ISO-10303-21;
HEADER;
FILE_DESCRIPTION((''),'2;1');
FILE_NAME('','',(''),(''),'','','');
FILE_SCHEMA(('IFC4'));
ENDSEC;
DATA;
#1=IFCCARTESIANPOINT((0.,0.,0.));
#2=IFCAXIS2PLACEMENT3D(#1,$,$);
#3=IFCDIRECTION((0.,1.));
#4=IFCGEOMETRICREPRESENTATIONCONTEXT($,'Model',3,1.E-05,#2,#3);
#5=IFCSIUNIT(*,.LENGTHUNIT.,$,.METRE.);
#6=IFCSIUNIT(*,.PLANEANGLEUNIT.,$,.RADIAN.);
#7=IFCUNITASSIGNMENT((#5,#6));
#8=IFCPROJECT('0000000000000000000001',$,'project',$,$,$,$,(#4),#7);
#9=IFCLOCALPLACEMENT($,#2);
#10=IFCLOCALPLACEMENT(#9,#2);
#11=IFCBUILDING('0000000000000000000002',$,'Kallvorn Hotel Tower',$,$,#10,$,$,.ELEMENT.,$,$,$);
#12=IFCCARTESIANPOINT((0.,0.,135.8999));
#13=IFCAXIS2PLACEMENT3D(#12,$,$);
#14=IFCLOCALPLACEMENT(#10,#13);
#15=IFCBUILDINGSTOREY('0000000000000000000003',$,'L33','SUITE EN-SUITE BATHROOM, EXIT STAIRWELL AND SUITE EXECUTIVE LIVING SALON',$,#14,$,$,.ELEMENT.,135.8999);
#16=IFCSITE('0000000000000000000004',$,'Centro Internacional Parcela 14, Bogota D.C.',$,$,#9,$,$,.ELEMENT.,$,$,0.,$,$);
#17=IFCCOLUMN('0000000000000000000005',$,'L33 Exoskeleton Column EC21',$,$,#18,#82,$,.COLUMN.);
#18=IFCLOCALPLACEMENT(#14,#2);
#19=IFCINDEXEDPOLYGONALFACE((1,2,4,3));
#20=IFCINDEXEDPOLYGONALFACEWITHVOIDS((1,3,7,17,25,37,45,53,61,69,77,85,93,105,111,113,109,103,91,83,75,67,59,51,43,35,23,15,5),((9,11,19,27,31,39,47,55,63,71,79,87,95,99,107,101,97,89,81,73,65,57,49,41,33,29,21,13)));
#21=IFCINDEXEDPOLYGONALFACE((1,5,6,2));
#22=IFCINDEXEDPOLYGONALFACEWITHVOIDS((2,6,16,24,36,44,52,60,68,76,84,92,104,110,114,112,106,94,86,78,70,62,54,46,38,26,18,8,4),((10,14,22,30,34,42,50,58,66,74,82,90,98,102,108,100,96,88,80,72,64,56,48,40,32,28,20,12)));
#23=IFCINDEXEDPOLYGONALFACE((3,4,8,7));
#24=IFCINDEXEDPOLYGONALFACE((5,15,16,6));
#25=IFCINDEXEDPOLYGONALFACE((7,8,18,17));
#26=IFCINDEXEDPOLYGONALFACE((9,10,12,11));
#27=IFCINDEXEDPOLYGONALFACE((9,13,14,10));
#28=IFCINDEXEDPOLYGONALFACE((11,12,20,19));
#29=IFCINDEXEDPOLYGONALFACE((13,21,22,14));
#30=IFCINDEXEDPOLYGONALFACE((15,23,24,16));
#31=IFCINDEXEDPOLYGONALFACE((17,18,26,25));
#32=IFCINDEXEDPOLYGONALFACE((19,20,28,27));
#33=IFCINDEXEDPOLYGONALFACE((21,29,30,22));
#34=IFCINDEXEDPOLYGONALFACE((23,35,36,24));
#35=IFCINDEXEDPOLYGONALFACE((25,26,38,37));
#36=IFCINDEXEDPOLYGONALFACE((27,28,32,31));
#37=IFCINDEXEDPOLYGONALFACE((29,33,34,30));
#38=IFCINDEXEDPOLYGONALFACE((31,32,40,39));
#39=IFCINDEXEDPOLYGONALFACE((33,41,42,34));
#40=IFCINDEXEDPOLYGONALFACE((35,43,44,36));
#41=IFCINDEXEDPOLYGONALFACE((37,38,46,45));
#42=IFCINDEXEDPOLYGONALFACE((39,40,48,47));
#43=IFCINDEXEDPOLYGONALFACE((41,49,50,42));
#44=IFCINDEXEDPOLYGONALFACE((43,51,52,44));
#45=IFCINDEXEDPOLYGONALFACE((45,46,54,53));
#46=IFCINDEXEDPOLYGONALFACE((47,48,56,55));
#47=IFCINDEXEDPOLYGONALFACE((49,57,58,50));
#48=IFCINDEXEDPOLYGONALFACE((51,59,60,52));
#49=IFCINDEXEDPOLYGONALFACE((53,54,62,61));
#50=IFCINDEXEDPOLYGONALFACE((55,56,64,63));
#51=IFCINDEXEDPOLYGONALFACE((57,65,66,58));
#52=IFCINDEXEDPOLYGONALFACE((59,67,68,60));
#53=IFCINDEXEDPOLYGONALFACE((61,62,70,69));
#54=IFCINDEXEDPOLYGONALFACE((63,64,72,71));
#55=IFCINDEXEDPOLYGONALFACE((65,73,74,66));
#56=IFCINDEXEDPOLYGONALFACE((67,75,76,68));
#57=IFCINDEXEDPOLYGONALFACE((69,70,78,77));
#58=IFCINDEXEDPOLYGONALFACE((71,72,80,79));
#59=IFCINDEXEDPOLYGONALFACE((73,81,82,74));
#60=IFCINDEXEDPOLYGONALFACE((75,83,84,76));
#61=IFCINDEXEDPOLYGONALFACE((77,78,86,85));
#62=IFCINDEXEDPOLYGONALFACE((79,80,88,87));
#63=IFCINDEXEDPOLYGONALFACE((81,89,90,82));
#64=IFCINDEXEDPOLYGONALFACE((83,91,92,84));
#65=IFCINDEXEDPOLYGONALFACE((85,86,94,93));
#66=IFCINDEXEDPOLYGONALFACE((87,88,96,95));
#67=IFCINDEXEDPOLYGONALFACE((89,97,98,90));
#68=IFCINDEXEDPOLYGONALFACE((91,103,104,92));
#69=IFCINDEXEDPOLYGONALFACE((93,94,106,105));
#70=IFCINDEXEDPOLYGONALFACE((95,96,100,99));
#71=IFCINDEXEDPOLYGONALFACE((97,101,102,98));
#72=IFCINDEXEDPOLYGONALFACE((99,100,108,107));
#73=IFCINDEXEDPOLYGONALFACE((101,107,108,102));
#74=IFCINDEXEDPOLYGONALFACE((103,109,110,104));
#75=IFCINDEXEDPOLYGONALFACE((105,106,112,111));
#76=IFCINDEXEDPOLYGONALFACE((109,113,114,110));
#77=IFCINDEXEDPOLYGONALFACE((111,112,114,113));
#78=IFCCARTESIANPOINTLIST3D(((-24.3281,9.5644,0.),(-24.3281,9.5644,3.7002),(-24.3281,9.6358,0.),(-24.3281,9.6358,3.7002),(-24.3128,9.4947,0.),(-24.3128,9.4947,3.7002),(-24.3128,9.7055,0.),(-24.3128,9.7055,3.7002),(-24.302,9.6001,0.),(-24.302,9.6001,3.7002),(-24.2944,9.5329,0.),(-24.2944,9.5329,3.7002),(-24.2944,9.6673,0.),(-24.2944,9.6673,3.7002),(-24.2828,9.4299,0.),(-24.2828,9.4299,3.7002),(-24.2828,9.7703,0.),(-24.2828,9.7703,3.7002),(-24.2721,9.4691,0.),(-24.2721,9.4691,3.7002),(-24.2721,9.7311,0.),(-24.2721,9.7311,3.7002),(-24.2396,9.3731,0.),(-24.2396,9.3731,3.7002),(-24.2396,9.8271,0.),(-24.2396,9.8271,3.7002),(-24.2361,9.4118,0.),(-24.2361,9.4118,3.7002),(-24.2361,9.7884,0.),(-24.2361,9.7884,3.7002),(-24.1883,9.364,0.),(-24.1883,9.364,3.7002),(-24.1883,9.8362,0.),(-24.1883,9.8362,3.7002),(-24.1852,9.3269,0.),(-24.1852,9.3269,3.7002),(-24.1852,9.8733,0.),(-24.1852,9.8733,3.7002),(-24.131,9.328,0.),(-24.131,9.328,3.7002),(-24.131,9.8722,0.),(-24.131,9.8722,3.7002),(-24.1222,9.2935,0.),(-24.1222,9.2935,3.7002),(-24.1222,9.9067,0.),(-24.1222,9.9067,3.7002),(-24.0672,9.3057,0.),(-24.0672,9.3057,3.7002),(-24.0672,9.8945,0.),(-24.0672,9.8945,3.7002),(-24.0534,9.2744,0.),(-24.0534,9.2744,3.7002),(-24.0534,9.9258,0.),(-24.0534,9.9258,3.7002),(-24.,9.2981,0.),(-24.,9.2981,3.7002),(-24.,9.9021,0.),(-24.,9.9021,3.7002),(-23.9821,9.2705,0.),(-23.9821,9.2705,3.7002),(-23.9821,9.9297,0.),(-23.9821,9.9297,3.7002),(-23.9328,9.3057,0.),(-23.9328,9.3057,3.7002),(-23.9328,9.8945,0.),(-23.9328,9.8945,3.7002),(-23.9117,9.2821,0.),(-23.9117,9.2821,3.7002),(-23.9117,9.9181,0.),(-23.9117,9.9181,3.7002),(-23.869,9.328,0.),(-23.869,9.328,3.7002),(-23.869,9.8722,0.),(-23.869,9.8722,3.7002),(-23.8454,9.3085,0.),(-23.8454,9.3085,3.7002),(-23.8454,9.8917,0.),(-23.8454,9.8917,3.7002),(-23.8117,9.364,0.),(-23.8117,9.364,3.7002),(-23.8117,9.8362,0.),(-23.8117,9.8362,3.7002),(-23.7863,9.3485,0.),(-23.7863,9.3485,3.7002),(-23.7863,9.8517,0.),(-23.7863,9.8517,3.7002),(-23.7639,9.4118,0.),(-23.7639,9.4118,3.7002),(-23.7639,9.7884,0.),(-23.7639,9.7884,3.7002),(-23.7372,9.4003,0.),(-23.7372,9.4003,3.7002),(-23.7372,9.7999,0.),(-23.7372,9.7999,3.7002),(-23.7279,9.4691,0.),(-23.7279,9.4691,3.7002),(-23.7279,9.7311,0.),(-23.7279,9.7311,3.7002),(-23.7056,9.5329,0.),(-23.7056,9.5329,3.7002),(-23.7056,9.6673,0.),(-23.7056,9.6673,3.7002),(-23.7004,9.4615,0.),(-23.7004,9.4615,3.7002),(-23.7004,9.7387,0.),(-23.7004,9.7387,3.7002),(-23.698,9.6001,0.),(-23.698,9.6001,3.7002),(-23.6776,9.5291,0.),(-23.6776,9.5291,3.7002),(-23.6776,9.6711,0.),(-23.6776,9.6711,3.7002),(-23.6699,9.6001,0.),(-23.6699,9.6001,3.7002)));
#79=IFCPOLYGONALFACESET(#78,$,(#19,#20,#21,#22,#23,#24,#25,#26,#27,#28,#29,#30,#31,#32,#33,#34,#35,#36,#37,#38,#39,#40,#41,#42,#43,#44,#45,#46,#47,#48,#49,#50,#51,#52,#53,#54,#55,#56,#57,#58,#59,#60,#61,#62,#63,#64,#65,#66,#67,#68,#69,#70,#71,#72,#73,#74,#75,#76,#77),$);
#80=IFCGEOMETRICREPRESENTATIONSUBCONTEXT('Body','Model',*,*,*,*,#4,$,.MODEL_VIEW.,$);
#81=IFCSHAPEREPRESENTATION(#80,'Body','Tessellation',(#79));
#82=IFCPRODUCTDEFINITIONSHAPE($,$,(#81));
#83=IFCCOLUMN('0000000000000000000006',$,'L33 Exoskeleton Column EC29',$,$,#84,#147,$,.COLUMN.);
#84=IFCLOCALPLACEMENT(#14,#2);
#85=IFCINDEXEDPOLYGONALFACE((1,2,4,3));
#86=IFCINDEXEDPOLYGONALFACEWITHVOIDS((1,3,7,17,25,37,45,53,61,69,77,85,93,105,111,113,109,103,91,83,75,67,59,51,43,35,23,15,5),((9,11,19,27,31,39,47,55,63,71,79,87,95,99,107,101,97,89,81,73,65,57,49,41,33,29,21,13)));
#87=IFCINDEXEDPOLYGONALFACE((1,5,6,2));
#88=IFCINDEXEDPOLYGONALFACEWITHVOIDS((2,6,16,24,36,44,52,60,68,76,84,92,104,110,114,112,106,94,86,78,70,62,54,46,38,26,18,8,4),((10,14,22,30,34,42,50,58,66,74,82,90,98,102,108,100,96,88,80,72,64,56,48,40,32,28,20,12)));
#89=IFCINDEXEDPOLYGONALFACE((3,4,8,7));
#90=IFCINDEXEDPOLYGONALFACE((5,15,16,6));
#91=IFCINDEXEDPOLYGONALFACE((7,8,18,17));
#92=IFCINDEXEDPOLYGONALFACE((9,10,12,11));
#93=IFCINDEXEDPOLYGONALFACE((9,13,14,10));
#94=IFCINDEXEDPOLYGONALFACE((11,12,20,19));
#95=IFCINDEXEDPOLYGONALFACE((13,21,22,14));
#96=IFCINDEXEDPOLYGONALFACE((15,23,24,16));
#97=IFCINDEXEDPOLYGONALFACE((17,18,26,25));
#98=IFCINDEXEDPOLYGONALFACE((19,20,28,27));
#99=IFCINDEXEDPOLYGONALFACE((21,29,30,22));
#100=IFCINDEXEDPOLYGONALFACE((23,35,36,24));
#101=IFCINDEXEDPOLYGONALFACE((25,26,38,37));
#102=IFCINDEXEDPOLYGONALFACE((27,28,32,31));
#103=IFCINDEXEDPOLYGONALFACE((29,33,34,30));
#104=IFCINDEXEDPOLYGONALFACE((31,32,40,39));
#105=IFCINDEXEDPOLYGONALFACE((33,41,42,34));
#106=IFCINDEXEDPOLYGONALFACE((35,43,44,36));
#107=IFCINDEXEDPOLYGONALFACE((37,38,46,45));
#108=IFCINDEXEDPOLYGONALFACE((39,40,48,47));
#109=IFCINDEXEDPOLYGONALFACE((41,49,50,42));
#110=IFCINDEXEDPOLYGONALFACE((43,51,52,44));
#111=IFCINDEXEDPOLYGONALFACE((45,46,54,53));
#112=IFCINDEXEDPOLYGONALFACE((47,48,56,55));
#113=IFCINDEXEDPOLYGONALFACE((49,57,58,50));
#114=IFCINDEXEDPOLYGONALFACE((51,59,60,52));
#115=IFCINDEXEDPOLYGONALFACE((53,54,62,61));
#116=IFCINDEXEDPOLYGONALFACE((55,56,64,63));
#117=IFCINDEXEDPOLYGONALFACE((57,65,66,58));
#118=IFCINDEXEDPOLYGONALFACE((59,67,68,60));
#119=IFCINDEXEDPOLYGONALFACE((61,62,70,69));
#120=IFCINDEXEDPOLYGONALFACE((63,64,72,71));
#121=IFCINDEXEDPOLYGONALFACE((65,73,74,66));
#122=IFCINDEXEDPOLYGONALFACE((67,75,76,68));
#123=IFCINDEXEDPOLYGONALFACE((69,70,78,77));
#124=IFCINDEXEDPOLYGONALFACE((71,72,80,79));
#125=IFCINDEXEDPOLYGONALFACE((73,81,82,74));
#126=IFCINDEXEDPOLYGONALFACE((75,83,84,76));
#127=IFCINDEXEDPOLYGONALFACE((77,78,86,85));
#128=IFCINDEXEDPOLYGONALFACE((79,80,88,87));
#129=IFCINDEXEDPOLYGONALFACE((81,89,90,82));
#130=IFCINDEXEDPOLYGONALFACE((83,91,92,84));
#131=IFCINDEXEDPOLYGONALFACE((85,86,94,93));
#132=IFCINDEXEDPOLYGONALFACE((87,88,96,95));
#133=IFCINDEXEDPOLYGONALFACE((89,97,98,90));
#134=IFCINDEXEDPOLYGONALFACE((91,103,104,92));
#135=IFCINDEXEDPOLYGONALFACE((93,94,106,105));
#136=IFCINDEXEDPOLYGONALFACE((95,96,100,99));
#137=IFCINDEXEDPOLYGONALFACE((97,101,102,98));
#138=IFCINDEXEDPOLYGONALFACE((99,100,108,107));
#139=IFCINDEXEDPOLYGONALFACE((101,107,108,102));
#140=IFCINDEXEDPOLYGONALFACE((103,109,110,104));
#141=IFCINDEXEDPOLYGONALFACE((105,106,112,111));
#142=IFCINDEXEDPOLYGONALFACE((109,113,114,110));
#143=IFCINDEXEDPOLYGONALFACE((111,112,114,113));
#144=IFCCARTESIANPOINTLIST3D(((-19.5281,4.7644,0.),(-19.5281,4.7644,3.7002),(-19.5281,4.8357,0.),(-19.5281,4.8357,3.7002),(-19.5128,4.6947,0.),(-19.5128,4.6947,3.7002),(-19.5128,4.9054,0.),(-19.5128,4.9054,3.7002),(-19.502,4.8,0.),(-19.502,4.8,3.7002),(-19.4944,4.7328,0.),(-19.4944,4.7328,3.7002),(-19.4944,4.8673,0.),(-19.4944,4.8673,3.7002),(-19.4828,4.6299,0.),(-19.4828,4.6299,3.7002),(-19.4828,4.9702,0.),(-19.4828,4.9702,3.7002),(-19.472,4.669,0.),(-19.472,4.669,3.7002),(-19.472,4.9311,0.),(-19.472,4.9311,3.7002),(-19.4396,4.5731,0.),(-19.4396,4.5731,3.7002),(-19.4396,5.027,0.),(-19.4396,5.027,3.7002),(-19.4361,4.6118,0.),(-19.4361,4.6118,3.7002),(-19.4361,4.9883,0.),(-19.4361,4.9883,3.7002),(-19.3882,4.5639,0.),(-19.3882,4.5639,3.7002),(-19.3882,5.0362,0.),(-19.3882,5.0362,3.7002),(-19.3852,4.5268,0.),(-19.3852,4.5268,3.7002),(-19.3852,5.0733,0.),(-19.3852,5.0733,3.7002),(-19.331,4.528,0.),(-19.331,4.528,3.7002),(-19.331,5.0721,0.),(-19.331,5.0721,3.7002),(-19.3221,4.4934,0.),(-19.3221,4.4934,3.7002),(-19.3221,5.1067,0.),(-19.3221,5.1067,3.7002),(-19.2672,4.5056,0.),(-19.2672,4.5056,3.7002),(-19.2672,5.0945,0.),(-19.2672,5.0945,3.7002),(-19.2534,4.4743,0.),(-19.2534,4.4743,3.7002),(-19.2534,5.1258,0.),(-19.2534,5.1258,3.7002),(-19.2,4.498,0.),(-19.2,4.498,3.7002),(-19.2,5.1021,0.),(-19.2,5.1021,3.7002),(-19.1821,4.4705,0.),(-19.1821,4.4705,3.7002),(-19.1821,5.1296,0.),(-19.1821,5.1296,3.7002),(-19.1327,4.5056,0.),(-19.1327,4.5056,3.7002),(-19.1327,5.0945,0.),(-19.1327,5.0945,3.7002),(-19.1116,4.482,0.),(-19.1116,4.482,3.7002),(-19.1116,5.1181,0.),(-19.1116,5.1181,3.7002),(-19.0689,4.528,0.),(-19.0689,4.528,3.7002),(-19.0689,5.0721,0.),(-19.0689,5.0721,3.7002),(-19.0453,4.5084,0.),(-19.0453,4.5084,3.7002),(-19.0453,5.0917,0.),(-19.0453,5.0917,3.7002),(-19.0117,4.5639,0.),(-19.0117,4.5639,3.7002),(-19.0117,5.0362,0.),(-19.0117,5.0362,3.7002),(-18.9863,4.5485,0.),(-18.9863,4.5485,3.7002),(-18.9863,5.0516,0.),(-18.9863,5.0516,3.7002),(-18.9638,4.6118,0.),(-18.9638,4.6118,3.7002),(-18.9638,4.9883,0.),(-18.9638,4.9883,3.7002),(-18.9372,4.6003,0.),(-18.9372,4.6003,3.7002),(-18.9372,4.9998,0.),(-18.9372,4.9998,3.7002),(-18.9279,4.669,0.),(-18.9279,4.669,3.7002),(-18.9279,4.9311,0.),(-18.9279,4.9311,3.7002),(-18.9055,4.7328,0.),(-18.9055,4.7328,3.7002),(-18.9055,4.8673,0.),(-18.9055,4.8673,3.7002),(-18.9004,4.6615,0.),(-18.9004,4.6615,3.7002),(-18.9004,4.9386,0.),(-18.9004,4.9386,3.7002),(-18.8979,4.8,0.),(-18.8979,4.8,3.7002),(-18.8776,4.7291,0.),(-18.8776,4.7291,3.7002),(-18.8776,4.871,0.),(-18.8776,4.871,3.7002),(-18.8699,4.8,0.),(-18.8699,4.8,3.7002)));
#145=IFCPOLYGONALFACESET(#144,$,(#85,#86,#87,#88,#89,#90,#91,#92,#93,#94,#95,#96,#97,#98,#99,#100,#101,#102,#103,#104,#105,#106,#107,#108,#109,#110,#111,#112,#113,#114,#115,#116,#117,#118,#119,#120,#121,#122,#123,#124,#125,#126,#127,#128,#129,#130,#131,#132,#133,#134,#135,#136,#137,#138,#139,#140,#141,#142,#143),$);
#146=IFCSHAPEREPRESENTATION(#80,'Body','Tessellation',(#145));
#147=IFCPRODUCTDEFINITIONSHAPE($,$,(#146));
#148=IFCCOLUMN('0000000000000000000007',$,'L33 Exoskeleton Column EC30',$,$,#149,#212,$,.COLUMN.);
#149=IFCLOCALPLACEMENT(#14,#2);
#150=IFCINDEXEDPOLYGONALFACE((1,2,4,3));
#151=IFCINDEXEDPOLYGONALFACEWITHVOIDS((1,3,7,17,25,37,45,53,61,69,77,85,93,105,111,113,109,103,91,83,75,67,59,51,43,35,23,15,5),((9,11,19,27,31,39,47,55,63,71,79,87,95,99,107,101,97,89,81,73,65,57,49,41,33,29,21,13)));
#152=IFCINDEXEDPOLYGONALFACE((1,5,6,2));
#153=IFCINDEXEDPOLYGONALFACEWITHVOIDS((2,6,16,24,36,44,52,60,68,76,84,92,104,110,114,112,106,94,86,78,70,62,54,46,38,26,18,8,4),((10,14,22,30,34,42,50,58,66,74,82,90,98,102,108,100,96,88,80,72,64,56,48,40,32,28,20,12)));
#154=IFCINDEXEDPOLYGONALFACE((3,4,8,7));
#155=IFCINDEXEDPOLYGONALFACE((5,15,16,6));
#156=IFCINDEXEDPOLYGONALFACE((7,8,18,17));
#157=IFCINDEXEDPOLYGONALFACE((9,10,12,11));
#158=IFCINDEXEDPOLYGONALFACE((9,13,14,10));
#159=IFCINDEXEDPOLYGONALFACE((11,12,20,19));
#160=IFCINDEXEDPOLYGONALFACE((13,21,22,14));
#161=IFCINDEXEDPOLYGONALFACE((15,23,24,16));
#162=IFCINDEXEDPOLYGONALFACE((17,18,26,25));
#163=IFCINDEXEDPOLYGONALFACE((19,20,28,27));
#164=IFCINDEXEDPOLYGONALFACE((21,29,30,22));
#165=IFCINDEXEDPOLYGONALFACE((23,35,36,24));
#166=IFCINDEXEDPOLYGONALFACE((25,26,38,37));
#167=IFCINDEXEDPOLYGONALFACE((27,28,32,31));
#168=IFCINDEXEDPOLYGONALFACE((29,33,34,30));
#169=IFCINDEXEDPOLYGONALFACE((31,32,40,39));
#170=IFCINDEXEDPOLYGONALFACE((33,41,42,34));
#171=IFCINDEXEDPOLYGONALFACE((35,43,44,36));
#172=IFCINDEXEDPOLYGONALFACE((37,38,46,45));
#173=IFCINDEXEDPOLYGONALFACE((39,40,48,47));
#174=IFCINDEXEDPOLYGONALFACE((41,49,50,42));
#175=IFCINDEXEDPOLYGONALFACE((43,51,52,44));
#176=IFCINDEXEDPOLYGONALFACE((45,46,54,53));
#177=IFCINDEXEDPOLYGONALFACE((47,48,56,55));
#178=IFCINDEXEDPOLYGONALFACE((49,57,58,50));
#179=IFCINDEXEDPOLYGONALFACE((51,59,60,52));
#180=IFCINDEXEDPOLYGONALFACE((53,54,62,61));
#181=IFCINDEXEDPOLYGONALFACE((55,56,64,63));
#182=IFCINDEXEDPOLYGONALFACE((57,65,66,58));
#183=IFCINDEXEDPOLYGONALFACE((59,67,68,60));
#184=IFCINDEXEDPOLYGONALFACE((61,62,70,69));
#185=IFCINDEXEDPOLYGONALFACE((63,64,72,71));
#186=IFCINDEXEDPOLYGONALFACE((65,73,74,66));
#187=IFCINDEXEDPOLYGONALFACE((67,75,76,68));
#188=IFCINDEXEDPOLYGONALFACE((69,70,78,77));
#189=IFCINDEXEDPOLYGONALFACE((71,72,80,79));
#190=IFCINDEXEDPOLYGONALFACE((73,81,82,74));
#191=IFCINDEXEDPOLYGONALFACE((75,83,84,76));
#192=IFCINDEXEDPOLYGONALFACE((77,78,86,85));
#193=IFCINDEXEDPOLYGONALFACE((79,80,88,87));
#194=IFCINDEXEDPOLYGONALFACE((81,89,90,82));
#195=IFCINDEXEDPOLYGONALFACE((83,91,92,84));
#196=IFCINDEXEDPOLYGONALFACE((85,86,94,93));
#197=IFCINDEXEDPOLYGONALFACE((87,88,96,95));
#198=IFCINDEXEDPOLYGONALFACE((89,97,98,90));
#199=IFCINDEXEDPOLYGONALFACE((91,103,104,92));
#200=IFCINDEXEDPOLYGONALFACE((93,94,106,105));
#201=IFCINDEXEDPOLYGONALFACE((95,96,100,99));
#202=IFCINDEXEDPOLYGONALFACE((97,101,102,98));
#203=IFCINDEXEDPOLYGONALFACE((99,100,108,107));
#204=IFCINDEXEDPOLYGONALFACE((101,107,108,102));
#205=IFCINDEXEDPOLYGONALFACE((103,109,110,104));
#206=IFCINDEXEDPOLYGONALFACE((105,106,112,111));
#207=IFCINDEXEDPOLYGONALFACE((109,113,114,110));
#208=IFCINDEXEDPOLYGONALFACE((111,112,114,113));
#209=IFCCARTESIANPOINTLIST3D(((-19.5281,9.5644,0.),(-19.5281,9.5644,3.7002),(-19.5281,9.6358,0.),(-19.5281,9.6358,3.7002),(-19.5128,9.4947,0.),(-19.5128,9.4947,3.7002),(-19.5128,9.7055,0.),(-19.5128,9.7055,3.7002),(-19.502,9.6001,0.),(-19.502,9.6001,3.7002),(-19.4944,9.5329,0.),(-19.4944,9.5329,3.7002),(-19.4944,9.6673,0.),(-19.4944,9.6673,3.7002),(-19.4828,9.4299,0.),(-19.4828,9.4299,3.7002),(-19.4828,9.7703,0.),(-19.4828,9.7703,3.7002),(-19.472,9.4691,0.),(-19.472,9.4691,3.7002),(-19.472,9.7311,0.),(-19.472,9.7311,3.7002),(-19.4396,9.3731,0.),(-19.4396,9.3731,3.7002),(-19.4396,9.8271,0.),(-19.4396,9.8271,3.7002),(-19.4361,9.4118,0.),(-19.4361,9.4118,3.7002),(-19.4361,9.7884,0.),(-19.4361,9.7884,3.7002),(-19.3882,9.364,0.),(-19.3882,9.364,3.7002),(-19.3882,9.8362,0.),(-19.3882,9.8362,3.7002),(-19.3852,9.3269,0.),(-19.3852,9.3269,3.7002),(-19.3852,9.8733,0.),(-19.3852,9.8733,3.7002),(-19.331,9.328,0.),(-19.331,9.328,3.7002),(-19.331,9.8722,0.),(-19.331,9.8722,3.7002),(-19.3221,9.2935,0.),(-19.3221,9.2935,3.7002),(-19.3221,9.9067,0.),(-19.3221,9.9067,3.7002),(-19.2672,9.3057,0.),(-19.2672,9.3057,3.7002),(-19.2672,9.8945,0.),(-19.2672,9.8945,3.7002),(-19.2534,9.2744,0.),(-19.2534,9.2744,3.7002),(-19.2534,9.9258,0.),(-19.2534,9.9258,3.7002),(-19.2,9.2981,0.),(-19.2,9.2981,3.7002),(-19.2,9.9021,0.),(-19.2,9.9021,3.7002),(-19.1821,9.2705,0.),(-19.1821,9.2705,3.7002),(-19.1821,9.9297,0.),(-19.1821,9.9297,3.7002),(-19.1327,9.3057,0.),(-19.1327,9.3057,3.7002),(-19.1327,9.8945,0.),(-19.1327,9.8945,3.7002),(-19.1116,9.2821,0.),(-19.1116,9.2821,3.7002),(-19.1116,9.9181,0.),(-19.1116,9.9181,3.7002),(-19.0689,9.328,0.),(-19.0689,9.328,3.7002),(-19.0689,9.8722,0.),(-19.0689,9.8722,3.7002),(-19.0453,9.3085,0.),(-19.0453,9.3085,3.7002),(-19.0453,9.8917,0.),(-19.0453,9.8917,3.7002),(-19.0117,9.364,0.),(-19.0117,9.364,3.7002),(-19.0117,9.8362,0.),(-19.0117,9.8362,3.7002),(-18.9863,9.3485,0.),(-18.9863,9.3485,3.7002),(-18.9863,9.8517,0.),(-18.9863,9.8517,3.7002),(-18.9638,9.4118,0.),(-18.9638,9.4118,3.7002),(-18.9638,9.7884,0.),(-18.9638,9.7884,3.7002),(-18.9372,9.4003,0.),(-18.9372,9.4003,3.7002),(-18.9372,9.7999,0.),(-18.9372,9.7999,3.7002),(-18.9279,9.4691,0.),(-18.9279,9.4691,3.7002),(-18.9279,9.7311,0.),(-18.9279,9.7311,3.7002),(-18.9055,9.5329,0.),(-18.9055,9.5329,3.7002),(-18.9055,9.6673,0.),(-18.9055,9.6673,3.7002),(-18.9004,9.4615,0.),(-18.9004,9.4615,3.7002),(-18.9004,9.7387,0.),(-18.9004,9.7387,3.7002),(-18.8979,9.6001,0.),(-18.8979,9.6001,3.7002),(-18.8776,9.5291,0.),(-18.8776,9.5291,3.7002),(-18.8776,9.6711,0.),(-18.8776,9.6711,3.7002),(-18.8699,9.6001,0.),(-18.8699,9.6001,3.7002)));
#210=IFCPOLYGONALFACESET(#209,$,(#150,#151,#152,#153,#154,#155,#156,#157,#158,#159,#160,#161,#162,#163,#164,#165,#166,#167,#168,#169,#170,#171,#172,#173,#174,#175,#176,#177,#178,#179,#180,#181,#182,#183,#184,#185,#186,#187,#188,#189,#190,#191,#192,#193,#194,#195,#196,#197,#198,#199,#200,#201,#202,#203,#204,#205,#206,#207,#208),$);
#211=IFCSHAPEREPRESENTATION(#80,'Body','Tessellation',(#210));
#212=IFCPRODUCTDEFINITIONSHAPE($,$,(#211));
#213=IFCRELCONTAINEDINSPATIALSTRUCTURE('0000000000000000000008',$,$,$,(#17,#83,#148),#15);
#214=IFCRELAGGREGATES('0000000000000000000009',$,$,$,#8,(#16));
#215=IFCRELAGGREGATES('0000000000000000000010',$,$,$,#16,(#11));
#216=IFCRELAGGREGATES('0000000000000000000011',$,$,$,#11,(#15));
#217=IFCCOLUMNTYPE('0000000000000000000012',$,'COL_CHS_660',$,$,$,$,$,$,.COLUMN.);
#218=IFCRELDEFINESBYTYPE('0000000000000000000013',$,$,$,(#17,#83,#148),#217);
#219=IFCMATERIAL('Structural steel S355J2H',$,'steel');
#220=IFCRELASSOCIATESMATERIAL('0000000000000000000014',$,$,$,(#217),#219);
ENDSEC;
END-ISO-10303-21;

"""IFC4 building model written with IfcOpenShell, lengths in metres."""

from ifc_helpers import new_model, si_unit, direction, frame, origin, origin_2d, place, context, subcontext, project, spatial, hollow_circle, extrude, material, material_profile, profile_set, type_object, element, save


model = new_model("IFC4")

# Units and contexts
model_context = context("Model", 3, precision=1e-05, world=origin(), true_north=direction((0.0, 1.0)))
body_context = subcontext(model_context, "Body", "Model", "MODEL_VIEW")
ifc_project = project(units=[si_unit("LENGTHUNIT", "METRE"), si_unit("PLANEANGLEUNIT", "RADIAN")], contexts=[model_context])

# Site, building, storey
site_placement = place(None, origin())
site = spatial("IfcSite", under=ifc_project, at=site_placement, Name="Centro Internacional Parcela 14, Bogota D.C.", CompositionType="ELEMENT", RefElevation=0.0)
building_placement = place(site_placement, origin())
building = spatial("IfcBuilding", under=site, at=building_placement, Name="Kallvorn Hotel Tower", CompositionType="ELEMENT")
storey_placement = place(building_placement, frame((0.0, 0.0, 135.8999)))
storey = spatial("IfcBuildingStorey", under=building, at=storey_placement, Name="L33", Description="SUITE EN-SUITE BATHROOM, EXIT STAIRWELL AND SUITE EXECUTIVE LIVING SALON", CompositionType="ELEMENT", Elevation=135.8999)

# Columns
ifc_material_1 = material(Name="Structural steel S355J2H", Category="steel")
ifc_material_profile_1 = material_profile(ifc_material_1, hollow_circle(Radius=0.3301, WallThickness=0.0281, at=origin_2d()), Name="CHS 660x28")
ifc_profile_set_1 = profile_set([ifc_material_profile_1], Name="Structural steel S355J2H")
column_type_1 = type_object("IfcColumnType", Name="COL_CHS_660", PredefinedType="COLUMN", material=ifc_profile_set_1)
for number, where, z_axis, x_axis, name in (
    (1, (-24.0, 9.6001, 0.0), (0.0, 0.0, 1.0), (1.0, 0.0, 0.0), "L33 Exoskeleton Column EC21"),
    (2, (-19.2, 4.8, 0.0), (0.0, 0.0, 1.0), (1.0, 0.0, 0.0), "L33 Exoskeleton Column EC29"),
    (3, (-19.2, 9.6001, 0.0), (0.0, 0.0, 1.0), (1.0, 0.0, 0.0), "L33 Exoskeleton Column EC30"),
):
    element("IfcColumn", number, at=place(storey_placement, frame(where, z_axis=z_axis, x_axis=x_axis)), inside=storey, type_object=column_type_1, Name=name, PredefinedType="COLUMN", context=body_context, shape_type="SweptSolid", body=[
        extrude(hollow_circle(Radius=0.3301, WallThickness=0.0281, at=origin_2d()), origin(), (0.0, 0.0, 1.0), 3.7002),
    ])

save(model, "model.ifc")
